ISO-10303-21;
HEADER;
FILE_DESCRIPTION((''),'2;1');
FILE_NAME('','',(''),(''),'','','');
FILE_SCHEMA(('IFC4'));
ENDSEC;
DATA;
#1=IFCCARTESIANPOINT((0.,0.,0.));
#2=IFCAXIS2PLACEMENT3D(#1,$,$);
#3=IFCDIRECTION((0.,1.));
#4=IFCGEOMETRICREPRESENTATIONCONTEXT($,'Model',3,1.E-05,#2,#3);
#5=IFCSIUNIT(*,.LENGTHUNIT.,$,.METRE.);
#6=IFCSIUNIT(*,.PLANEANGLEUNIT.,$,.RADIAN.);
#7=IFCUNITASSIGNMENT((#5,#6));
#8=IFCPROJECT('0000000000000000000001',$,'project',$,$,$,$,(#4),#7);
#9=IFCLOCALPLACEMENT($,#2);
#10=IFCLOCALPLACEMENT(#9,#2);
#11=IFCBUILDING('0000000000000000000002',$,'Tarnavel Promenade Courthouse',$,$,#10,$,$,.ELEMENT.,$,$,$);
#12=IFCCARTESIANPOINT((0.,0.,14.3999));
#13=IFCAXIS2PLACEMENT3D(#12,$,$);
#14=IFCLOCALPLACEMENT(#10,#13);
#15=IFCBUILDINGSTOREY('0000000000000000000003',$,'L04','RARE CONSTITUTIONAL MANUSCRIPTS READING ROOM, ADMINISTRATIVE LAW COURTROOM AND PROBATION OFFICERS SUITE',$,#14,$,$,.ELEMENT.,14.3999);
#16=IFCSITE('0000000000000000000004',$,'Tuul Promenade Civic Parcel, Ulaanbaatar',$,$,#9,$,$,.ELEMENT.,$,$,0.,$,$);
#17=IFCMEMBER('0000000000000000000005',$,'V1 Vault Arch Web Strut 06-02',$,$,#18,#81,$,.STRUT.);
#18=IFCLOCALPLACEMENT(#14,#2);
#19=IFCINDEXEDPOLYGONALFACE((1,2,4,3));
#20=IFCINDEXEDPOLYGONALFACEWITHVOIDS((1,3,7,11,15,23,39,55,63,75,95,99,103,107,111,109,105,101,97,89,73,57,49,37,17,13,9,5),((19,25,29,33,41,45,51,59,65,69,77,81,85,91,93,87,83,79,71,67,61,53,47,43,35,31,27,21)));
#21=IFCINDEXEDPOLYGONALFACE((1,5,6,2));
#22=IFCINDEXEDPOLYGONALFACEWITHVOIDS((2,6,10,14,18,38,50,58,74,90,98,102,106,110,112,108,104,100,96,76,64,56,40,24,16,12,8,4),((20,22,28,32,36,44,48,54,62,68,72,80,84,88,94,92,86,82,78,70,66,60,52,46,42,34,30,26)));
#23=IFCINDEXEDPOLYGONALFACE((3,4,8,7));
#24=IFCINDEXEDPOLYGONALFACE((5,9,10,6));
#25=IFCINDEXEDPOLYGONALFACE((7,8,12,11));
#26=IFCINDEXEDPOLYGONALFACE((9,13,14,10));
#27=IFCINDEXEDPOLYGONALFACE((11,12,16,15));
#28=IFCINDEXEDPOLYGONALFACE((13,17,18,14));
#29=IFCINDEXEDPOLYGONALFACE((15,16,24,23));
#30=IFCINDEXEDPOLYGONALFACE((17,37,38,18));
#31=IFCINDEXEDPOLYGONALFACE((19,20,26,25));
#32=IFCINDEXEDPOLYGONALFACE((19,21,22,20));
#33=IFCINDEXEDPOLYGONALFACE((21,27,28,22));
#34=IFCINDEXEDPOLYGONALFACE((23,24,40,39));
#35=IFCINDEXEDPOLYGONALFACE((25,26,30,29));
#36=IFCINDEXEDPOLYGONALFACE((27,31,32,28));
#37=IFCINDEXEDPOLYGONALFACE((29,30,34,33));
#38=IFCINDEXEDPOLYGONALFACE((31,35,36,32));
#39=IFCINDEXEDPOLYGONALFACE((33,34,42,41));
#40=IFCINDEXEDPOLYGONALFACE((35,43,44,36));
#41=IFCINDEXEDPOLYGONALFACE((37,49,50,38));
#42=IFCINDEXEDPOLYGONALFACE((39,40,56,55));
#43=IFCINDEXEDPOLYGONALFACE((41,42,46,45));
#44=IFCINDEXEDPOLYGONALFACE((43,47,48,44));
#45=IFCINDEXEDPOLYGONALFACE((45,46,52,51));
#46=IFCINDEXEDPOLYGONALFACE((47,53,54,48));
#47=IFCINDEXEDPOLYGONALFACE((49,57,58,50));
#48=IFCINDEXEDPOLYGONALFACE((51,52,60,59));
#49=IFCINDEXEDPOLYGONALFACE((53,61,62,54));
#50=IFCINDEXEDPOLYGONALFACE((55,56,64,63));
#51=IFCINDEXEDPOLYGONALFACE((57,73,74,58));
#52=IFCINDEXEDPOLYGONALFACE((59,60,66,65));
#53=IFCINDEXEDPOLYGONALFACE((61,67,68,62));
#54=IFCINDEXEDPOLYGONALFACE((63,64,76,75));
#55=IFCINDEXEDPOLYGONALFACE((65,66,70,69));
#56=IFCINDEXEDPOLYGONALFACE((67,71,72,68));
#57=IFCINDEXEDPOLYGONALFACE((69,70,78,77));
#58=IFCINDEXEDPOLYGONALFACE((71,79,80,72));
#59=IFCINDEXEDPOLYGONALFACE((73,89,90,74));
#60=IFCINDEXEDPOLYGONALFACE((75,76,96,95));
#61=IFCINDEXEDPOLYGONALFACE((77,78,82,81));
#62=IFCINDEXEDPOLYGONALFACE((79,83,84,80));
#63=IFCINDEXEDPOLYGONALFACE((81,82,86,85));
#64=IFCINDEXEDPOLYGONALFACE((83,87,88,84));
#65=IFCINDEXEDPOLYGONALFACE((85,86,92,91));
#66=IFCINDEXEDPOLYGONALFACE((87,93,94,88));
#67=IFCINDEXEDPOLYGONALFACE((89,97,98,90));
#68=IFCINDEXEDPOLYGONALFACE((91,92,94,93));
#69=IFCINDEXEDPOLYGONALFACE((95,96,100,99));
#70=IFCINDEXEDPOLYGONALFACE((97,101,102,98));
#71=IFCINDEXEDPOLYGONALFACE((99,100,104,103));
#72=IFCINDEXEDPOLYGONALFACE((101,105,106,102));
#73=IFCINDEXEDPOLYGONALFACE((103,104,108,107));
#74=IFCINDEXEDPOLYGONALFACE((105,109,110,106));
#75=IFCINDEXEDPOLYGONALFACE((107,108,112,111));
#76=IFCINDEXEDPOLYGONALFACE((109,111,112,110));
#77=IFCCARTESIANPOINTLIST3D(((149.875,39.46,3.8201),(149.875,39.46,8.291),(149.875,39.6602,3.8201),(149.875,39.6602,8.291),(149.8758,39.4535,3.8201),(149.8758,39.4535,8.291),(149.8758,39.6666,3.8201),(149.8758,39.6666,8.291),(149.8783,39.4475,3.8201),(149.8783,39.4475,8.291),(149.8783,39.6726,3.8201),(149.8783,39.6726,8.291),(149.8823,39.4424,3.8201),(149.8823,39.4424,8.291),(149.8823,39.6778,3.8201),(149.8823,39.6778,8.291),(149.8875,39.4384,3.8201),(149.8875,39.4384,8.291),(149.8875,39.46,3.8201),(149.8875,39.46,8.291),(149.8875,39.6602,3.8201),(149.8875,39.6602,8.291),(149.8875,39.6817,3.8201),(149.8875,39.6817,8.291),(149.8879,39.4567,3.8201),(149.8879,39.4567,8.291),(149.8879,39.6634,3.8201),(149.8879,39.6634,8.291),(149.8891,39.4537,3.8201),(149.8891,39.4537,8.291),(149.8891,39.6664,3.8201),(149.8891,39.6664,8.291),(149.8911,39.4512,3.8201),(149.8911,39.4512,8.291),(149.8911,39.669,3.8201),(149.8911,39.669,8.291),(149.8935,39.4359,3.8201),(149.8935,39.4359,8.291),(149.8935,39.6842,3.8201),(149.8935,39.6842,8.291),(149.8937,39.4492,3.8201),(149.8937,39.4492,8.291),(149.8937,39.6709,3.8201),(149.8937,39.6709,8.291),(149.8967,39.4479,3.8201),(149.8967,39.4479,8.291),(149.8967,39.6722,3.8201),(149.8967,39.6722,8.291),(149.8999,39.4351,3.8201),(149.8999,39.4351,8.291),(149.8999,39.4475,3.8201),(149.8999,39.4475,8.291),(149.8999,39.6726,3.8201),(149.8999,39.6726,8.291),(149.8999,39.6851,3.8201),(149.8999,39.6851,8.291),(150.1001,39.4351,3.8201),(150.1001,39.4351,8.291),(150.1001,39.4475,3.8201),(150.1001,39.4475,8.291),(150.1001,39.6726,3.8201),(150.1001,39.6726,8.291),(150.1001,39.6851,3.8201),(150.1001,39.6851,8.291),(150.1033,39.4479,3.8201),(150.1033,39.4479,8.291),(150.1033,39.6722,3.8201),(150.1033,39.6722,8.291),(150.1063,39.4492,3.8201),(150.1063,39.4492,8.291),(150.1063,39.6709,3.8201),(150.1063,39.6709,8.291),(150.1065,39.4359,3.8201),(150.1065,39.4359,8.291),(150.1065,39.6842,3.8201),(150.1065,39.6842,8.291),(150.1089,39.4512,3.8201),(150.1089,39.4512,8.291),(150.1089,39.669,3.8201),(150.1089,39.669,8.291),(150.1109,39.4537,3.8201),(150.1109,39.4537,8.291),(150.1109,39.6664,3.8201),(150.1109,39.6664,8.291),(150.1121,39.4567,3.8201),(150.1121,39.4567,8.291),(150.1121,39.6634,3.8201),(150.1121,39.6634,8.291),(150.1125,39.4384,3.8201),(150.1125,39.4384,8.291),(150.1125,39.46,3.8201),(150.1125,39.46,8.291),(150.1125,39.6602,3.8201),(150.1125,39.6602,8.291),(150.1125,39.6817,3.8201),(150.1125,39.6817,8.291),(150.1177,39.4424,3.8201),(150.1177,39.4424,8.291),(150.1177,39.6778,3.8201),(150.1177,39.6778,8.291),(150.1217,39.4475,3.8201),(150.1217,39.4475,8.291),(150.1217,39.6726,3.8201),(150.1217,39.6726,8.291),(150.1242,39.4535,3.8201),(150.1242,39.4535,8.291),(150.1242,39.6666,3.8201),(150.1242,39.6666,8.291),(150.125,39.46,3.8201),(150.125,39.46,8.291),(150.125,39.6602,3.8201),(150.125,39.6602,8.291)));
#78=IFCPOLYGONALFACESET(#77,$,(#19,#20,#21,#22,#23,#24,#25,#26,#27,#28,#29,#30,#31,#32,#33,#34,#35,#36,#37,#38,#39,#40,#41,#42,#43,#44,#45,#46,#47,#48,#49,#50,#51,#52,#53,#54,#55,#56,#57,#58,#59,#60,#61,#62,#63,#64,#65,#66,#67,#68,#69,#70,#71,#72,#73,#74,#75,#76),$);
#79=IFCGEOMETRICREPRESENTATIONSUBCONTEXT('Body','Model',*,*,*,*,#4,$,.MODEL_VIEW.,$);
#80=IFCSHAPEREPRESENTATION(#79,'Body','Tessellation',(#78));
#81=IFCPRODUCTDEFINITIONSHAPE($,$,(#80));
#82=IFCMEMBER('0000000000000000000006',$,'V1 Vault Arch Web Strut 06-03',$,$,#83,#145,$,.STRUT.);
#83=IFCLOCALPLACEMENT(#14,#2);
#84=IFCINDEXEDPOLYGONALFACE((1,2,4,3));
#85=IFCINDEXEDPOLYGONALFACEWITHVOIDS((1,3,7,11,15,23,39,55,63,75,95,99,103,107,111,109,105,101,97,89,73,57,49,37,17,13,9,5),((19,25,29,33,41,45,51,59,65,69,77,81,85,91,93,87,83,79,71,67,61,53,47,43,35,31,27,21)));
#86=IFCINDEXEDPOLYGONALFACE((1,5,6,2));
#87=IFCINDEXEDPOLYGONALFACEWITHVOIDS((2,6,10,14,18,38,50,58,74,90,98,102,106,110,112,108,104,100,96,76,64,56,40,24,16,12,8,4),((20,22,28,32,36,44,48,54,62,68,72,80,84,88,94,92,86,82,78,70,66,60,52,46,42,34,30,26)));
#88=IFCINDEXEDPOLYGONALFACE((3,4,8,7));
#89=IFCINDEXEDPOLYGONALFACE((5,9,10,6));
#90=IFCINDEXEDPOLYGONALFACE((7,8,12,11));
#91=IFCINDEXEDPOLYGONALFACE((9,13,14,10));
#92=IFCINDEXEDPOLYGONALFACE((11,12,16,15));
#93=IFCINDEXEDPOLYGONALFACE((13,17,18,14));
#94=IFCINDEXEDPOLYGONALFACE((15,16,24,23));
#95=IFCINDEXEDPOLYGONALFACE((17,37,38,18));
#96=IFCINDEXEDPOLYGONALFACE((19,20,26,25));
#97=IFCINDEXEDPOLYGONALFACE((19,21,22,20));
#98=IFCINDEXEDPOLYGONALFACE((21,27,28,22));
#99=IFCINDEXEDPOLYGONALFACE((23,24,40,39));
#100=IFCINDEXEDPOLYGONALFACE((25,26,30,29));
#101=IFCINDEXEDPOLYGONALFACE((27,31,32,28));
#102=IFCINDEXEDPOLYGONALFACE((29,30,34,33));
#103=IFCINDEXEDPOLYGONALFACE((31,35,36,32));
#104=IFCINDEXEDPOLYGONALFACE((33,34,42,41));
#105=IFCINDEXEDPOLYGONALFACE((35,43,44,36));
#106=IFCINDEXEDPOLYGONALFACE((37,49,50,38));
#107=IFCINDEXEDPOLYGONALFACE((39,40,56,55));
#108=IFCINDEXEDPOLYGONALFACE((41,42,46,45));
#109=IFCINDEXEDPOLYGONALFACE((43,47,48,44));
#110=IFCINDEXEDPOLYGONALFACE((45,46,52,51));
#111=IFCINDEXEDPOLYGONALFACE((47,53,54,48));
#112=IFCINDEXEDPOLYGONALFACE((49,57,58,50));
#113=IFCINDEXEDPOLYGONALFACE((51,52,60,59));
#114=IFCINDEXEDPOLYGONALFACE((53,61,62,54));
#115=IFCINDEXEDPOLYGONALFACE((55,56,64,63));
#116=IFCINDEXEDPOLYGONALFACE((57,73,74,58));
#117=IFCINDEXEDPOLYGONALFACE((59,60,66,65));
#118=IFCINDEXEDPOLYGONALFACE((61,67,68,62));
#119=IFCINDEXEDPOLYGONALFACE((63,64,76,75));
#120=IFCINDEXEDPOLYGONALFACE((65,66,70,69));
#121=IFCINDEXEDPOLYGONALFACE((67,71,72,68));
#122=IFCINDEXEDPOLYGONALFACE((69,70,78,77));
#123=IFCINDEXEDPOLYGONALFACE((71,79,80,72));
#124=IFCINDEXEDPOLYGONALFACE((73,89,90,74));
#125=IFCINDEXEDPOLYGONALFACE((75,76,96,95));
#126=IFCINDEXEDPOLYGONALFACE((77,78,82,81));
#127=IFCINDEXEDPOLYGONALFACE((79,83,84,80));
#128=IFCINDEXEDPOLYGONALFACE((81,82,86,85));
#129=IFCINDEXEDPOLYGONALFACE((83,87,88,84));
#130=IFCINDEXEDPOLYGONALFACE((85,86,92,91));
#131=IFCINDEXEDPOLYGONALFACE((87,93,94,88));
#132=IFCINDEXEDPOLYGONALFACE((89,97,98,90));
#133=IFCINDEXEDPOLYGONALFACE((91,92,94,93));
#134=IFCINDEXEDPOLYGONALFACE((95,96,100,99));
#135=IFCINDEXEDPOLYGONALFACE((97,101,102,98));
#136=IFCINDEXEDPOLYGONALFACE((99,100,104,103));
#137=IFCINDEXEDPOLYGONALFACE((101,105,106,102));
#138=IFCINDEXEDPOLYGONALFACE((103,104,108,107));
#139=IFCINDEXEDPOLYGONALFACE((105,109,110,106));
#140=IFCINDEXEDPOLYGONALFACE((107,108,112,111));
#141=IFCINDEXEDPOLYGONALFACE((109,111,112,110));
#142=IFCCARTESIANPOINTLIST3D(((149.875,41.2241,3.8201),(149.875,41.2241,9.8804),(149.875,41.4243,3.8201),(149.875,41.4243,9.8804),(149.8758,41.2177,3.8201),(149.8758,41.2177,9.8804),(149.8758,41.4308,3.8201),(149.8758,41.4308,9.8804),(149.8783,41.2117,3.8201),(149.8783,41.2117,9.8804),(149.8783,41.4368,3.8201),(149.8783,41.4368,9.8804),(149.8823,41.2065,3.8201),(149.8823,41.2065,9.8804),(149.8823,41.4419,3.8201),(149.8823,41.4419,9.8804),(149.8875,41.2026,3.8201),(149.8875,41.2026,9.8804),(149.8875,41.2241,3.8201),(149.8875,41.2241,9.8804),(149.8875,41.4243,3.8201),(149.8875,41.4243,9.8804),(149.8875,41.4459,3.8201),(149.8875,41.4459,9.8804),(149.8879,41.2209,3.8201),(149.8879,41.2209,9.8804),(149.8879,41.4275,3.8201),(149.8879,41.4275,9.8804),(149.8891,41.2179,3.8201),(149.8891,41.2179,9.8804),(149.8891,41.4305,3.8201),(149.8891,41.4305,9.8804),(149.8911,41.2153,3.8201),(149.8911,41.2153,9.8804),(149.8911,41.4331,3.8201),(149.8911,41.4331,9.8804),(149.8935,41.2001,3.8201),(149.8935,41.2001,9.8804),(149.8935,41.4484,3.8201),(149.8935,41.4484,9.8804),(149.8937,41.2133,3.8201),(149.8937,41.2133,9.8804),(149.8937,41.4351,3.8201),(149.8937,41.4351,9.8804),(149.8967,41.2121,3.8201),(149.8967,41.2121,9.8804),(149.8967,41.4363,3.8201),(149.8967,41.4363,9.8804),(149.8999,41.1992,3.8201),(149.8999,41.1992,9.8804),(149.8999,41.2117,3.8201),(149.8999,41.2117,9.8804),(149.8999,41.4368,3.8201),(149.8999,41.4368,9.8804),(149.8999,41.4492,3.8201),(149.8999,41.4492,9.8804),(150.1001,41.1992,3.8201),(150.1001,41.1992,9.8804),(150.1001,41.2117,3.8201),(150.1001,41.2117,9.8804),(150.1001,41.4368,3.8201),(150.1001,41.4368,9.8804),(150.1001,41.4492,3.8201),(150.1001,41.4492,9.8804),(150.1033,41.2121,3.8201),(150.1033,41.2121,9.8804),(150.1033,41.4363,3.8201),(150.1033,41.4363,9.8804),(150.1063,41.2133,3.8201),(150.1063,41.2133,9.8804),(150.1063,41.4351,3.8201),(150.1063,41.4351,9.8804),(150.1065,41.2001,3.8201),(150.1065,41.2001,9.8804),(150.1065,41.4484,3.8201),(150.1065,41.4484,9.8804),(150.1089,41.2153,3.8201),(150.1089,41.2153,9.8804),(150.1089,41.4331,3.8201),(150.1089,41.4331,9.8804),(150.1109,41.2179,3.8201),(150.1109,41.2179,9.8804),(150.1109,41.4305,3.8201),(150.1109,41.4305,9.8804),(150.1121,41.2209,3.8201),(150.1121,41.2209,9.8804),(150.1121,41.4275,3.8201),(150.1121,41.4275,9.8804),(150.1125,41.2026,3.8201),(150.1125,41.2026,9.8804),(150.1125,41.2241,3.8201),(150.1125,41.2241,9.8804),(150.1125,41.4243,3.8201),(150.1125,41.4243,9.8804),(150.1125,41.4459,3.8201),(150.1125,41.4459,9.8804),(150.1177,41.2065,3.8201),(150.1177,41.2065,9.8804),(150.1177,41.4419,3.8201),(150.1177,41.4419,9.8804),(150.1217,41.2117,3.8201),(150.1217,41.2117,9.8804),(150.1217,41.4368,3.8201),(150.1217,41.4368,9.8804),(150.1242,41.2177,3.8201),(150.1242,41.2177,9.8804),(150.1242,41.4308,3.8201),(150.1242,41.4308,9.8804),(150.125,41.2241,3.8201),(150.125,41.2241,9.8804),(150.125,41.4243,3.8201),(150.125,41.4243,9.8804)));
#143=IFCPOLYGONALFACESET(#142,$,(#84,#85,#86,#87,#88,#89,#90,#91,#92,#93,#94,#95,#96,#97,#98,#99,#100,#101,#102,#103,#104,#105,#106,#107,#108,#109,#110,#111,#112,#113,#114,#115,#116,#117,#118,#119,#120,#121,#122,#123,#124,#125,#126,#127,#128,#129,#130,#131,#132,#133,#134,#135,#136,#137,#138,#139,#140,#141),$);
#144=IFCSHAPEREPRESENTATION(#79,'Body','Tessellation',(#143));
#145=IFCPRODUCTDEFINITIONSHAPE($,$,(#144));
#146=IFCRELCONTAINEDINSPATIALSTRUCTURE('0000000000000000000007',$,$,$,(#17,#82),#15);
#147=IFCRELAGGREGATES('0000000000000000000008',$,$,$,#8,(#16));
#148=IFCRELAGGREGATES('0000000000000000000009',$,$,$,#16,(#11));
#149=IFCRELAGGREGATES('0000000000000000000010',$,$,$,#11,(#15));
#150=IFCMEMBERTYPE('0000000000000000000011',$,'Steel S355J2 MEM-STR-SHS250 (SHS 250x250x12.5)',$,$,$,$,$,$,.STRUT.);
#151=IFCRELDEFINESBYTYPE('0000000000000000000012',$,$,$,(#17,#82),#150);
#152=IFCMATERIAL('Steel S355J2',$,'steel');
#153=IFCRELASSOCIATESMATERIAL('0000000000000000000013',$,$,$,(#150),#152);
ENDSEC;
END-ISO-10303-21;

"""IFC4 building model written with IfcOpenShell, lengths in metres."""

from ifc_helpers import new_model, si_unit, direction, frame, origin, origin_2d, place, context, subcontext, project, spatial, hollow_rectangle, extrude, material, material_profile, profile_set, type_object, element, save


model = new_model("IFC4")

# Units and contexts
model_context = context("Model", 3, precision=1e-05, world=origin(), true_north=direction((0.0, 1.0)))
body_context = subcontext(model_context, "Body", "Model", "MODEL_VIEW")
ifc_project = project(units=[si_unit("LENGTHUNIT", "METRE"), si_unit("PLANEANGLEUNIT", "RADIAN")], contexts=[model_context])

# Site, building, storey
site_placement = place(None, origin())
site = spatial("IfcSite", under=ifc_project, at=site_placement, Name="Tuul Promenade Civic Parcel, Ulaanbaatar", CompositionType="ELEMENT", RefElevation=0.0)
building_placement = place(site_placement, origin())
building = spatial("IfcBuilding", under=site, at=building_placement, Name="Tarnavel Promenade Courthouse", CompositionType="ELEMENT")
storey_placement = place(building_placement, frame((0.0, 0.0, 14.3999)))
storey = spatial("IfcBuildingStorey", under=building, at=storey_placement, Name="L04", Description="RARE CONSTITUTIONAL MANUSCRIPTS READING ROOM, ADMINISTRATIVE LAW COURTROOM AND PROBATION OFFICERS SUITE", CompositionType="ELEMENT", Elevation=14.3999)

# Shared definitions
ifc_material_1 = material(Name="Steel S355J2", Category="steel")

# Members
ifc_material_profile_1 = material_profile(ifc_material_1, hollow_rectangle(XDim=0.25, YDim=0.25, WallThickness=0.0125, InnerFilletRadius=0.0125, OuterFilletRadius=0.0249, at=origin_2d()), Name="SHS 250x250x12.5")
ifc_profile_set_1 = profile_set([ifc_material_profile_1], Name="Steel S355J2")
member_type_1 = type_object("IfcMemberType", Name="Steel S355J2 MEM-STR-SHS250 (SHS 250x250x12.5)", PredefinedType="STRUT", material=ifc_profile_set_1)
member_1_placement = place(storey_placement, frame((150.0, 39.5601, 3.8201), z_axis=(0.0, 0.0, 1.0), x_axis=(1.0, 0.0, 0.0)))
element("IfcMember", 1, at=member_1_placement, inside=storey, type_object=member_type_1, Name="V1 Vault Arch Web Strut 06-02", PredefinedType="STRUT", context=body_context, shape_type="SweptSolid", body=[
    extrude(hollow_rectangle(XDim=0.25, YDim=0.25, WallThickness=0.0125, InnerFilletRadius=0.0125, OuterFilletRadius=0.0249, at=origin_2d()), origin(), (0.0, 0.0, 1.0), 4.4709),
])
member_2_placement = place(storey_placement, frame((150.0, 41.3242, 3.8201), z_axis=(0.0, 0.0, 1.0), x_axis=(1.0, 0.0, 0.0)))
element("IfcMember", 2, at=member_2_placement, inside=storey, type_object=member_type_1, Name="V1 Vault Arch Web Strut 06-03", PredefinedType="STRUT", context=body_context, shape_type="SweptSolid", body=[
    extrude(hollow_rectangle(XDim=0.25, YDim=0.25, WallThickness=0.0125, InnerFilletRadius=0.0125, OuterFilletRadius=0.0249, at=origin_2d()), origin(), (0.0, 0.0, 1.0), 6.0603),
])

save(model, "model.ifc")
